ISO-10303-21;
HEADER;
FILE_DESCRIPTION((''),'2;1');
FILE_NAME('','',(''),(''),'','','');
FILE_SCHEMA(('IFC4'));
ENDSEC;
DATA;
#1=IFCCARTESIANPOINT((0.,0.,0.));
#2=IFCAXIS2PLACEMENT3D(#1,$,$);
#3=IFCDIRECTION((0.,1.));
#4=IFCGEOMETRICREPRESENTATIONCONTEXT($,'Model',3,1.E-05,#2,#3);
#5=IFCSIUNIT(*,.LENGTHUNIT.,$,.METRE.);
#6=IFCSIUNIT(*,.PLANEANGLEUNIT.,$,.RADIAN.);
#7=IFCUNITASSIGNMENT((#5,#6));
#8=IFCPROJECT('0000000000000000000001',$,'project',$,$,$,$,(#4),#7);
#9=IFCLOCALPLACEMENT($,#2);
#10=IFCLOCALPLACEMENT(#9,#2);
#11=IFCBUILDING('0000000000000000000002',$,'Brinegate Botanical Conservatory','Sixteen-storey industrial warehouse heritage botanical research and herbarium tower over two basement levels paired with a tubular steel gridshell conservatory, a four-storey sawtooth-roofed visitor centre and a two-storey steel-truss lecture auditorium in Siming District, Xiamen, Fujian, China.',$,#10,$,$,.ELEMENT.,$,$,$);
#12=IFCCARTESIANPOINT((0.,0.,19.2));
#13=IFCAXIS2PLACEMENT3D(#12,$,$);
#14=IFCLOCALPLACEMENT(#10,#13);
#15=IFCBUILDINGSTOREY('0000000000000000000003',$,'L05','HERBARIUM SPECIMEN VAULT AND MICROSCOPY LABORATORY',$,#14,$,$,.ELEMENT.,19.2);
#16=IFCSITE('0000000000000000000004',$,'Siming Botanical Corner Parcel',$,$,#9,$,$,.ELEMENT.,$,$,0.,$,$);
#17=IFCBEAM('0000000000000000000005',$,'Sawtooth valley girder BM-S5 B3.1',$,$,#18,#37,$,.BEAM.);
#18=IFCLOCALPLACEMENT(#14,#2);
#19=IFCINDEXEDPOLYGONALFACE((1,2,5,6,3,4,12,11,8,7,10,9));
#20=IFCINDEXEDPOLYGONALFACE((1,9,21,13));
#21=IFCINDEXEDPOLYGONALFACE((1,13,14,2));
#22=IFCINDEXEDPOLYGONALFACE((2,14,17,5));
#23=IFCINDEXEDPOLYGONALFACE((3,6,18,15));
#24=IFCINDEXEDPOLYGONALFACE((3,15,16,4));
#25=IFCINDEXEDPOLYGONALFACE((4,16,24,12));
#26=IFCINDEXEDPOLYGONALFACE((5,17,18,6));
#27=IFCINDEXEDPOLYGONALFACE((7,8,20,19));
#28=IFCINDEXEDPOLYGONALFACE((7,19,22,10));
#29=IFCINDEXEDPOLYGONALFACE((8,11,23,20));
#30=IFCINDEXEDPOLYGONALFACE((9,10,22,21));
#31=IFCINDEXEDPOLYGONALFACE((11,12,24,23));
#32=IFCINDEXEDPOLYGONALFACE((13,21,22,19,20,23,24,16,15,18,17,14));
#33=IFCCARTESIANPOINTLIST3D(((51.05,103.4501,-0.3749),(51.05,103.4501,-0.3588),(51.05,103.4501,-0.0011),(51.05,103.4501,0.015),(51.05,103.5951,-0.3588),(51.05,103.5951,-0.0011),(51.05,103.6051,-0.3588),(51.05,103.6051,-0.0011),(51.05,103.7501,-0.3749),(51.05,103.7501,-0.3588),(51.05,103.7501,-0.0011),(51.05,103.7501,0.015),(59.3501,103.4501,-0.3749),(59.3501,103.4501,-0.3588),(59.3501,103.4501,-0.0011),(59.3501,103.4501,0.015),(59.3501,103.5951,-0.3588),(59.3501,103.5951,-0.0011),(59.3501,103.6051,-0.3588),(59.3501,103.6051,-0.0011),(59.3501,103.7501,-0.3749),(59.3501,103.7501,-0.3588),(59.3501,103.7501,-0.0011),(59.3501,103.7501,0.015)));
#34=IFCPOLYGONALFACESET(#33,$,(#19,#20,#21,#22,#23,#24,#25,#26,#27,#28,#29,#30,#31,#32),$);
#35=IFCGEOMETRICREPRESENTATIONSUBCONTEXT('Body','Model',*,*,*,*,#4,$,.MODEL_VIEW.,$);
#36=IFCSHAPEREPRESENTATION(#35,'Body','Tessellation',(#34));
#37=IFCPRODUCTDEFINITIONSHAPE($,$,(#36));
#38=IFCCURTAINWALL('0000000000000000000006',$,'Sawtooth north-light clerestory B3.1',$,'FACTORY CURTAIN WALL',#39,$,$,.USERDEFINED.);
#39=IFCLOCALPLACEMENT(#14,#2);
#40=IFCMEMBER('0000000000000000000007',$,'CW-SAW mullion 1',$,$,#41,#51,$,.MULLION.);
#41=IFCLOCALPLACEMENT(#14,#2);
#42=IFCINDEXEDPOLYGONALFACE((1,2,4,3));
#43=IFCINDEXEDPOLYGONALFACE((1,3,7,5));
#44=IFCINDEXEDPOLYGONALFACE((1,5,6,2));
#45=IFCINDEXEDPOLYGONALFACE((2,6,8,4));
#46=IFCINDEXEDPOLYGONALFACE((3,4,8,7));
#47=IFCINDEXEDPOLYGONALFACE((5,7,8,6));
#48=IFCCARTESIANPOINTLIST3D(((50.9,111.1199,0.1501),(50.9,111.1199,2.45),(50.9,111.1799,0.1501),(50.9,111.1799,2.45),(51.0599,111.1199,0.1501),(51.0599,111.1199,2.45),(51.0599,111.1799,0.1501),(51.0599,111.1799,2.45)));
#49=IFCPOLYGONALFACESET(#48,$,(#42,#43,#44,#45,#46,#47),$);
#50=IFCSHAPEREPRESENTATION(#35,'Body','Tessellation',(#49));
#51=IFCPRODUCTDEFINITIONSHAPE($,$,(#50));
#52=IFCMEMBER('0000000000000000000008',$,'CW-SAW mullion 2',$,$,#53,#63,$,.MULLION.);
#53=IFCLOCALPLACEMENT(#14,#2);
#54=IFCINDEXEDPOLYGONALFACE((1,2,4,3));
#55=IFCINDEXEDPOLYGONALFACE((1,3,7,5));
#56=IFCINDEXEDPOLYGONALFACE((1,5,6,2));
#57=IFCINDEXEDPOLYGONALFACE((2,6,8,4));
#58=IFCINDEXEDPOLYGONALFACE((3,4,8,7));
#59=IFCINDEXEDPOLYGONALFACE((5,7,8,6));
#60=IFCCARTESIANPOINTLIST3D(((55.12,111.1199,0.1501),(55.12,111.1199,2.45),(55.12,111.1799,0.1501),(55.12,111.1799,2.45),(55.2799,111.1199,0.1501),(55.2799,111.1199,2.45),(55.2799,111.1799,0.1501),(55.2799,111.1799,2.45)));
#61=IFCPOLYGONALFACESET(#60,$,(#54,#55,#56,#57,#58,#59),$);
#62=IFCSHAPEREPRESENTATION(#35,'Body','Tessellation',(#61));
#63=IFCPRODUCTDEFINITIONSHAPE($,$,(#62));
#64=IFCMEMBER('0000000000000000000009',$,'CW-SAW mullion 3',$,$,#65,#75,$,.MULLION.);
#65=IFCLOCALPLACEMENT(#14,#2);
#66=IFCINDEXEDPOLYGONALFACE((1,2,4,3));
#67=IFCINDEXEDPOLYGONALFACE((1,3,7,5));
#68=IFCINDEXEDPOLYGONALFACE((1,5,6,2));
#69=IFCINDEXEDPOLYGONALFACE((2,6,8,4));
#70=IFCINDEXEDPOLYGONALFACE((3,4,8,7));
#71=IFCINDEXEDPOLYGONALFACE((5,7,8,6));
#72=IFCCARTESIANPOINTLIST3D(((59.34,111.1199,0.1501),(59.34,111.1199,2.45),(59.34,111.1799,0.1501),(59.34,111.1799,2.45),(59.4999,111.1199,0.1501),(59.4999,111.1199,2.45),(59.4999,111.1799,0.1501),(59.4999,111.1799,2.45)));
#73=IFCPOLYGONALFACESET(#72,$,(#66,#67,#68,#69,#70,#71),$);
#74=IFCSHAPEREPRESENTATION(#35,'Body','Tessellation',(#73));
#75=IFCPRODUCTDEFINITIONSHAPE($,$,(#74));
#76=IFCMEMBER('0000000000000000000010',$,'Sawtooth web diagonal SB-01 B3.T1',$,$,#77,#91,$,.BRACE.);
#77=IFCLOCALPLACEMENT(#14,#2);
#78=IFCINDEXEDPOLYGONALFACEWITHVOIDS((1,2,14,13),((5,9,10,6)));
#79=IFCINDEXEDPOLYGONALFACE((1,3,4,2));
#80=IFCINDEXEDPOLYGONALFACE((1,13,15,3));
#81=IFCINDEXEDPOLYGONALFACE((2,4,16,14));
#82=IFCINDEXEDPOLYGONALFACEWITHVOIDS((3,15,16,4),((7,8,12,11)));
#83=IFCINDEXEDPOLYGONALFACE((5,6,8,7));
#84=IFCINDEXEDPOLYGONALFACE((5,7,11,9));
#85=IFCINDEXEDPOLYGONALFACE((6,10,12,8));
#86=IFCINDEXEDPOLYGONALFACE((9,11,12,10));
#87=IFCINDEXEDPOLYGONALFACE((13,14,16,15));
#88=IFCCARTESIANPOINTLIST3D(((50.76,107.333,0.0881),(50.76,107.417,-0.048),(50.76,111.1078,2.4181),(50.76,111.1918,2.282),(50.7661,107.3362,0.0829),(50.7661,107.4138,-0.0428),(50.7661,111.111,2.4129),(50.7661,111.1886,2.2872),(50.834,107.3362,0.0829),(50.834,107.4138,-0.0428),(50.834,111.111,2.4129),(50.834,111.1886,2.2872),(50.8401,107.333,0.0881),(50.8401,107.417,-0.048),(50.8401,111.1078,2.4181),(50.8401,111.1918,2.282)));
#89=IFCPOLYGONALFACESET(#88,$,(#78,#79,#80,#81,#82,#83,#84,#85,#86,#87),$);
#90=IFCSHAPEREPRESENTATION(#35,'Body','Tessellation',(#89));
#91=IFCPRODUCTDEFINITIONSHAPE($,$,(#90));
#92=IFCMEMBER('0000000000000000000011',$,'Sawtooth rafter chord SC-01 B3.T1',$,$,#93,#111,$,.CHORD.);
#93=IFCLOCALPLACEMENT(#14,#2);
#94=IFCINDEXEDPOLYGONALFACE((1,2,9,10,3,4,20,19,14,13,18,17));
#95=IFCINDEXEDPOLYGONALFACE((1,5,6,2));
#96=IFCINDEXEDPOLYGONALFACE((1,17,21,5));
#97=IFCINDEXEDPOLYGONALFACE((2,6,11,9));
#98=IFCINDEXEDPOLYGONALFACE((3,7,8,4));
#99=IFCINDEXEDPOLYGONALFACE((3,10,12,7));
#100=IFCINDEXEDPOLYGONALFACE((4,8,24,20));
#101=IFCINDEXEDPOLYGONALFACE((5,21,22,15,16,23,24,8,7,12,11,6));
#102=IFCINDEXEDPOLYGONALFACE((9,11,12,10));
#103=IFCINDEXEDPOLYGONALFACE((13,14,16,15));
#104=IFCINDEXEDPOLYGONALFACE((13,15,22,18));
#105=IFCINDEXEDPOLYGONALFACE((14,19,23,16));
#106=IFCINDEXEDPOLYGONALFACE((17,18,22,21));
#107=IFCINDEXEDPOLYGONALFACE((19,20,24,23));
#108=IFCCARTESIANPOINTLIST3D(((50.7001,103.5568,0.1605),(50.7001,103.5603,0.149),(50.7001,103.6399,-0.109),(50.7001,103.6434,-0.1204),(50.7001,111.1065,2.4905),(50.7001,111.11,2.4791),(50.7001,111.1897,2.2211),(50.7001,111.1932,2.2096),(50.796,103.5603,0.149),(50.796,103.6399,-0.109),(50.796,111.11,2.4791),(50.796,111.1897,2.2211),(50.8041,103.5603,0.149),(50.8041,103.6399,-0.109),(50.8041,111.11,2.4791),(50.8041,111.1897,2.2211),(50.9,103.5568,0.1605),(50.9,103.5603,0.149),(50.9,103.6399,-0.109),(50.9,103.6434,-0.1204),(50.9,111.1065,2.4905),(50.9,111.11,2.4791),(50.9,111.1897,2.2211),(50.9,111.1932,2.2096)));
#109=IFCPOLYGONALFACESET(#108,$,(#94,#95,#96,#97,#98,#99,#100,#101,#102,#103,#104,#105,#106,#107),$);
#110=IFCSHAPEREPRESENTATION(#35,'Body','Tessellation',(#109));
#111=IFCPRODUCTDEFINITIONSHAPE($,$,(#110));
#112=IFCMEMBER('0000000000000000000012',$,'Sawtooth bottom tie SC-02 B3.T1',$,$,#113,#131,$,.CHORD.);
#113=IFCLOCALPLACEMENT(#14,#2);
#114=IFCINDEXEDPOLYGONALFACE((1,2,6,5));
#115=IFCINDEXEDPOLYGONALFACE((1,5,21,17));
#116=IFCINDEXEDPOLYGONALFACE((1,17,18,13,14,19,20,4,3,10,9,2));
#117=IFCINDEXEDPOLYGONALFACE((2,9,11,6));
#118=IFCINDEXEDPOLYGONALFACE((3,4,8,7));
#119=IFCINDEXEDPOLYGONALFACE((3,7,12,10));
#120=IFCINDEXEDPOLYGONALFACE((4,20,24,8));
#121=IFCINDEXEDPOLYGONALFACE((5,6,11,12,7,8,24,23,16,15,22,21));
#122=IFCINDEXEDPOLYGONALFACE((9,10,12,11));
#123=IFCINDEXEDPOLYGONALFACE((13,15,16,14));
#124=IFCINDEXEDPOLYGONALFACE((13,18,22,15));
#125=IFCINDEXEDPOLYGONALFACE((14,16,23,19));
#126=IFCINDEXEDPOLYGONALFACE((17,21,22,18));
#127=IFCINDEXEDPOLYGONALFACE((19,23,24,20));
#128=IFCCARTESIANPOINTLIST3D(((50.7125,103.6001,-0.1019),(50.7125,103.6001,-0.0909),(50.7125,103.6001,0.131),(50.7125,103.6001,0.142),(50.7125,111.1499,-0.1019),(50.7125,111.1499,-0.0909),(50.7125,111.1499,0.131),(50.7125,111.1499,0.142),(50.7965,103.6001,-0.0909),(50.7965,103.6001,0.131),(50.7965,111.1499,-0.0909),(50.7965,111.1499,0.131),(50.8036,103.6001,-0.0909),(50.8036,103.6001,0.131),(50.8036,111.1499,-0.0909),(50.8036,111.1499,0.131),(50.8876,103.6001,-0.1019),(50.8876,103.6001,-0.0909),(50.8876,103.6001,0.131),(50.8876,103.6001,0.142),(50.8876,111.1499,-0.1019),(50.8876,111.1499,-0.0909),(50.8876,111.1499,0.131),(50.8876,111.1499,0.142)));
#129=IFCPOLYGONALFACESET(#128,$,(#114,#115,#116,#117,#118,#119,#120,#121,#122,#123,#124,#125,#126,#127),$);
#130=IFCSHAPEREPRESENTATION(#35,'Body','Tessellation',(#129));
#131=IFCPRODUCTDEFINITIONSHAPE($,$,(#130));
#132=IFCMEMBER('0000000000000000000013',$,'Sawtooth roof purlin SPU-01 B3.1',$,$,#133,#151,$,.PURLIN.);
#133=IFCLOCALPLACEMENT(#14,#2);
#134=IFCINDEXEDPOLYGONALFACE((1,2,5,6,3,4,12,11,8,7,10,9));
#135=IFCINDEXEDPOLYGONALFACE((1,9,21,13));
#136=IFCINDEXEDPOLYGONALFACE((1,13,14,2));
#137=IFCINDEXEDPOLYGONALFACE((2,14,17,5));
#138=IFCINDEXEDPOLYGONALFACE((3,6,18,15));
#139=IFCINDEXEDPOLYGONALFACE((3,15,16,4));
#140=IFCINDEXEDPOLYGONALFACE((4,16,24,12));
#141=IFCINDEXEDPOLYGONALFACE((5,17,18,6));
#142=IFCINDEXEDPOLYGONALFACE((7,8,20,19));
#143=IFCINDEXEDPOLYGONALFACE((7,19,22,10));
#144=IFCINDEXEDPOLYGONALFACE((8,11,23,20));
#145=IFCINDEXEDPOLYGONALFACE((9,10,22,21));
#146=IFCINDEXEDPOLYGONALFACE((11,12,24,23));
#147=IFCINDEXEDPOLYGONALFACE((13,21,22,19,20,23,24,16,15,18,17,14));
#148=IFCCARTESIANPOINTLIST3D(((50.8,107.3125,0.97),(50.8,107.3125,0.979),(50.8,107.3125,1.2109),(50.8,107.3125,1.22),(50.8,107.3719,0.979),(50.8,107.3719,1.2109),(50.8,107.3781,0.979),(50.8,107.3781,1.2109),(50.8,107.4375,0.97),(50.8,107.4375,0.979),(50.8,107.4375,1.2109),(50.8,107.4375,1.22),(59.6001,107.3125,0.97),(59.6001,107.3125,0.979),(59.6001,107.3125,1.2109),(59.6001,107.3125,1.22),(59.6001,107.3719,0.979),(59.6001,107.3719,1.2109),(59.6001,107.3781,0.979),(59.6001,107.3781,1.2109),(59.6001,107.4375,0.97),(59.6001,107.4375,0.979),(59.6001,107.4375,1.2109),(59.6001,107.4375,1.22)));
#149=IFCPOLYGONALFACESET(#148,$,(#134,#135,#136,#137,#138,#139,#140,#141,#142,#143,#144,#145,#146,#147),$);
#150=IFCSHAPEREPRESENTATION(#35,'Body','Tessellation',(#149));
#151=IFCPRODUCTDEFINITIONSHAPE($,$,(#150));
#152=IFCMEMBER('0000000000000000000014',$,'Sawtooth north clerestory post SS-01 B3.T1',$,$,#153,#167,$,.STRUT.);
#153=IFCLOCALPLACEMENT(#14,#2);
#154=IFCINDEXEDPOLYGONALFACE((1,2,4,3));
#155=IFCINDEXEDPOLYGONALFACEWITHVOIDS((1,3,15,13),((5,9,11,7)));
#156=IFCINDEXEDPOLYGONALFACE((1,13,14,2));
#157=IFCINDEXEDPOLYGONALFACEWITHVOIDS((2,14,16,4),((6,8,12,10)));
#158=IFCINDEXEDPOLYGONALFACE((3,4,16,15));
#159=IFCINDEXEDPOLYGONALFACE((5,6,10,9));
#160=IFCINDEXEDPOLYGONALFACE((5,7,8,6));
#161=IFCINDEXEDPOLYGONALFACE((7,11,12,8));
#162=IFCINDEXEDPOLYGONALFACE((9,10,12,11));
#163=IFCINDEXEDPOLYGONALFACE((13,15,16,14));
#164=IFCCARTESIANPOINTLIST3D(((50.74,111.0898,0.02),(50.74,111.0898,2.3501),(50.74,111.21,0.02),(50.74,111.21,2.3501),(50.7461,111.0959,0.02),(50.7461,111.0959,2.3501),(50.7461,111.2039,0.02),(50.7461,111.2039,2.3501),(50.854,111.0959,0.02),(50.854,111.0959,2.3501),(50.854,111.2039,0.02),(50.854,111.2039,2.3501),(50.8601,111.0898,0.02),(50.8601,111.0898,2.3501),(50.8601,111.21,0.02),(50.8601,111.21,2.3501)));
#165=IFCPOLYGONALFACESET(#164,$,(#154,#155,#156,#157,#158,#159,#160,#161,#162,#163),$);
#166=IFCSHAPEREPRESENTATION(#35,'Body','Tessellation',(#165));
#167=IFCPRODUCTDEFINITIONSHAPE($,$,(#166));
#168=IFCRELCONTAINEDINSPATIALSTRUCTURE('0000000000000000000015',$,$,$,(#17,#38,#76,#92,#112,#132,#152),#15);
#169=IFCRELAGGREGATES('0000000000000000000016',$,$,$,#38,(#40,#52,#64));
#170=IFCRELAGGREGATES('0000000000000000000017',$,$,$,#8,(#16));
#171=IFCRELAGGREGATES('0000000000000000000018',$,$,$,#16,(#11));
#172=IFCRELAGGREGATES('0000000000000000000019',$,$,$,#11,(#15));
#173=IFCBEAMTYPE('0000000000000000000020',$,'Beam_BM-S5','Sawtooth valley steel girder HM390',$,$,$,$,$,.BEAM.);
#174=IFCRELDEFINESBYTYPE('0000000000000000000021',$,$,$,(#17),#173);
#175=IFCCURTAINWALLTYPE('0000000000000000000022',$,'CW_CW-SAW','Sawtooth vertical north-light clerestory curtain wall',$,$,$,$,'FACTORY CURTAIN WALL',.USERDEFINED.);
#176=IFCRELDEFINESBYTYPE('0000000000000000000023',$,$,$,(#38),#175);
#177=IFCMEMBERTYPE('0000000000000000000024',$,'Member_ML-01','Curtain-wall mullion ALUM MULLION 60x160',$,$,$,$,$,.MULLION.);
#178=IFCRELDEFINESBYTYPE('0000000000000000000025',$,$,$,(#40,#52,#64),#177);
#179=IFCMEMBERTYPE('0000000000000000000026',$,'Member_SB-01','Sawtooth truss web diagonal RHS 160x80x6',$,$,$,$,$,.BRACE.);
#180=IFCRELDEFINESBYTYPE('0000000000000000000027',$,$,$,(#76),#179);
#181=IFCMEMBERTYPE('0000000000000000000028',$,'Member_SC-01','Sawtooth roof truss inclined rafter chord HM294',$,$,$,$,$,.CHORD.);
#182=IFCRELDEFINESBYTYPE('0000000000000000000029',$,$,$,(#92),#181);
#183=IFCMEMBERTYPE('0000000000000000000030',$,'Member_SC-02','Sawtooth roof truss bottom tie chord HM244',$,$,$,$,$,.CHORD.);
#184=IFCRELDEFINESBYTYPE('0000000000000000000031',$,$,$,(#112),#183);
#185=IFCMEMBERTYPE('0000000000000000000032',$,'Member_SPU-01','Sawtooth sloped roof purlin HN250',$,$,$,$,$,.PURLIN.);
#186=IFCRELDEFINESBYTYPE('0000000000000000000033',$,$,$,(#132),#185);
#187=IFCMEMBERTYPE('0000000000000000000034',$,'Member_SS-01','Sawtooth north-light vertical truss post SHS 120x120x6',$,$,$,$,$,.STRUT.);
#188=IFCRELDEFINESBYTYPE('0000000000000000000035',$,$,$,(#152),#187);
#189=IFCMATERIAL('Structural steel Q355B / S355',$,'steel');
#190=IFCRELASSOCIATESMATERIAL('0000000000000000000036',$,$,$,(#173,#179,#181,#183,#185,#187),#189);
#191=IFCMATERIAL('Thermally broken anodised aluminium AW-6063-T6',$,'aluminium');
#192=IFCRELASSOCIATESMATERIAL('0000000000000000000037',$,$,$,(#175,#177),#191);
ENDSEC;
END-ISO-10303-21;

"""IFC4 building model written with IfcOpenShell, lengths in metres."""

from ifc_helpers import new_model, si_unit, direction, frame, origin, origin_2d, place, context, subcontext, project, spatial, rectangle, hollow_rectangle, i_section, extrude, material, material_profile, profile_set, type_object, element, aggregate, save


model = new_model("IFC4")

# Units and contexts
model_context = context("Model", 3, precision=1e-05, world=origin(), true_north=direction((0.0, 1.0)))
body_context = subcontext(model_context, "Body", "Model", "MODEL_VIEW")
ifc_project = project(units=[si_unit("LENGTHUNIT", "METRE"), si_unit("PLANEANGLEUNIT", "RADIAN")], contexts=[model_context])

# Site, building, storey
site_placement = place(None, origin())
site = spatial("IfcSite", under=ifc_project, at=site_placement, Name="Siming Botanical Corner Parcel", CompositionType="ELEMENT", RefElevation=0.0)
building_placement = place(site_placement, origin())
building = spatial("IfcBuilding", under=site, at=building_placement, Name="Brinegate Botanical Conservatory", Description="Sixteen-storey industrial warehouse heritage botanical research and herbarium tower over two basement levels paired with a tubular steel gridshell conservatory, a four-storey sawtooth-roofed visitor centre and a two-storey steel-truss lecture auditorium in Siming District, Xiamen, Fujian, China.", CompositionType="ELEMENT")
storey_placement = place(building_placement, frame((0.0, 0.0, 19.2)))
storey = spatial("IfcBuildingStorey", under=building, at=storey_placement, Name="L05", Description="HERBARIUM SPECIMEN VAULT AND MICROSCOPY LABORATORY", CompositionType="ELEMENT", Elevation=19.2)

# Beam
ifc_material_1 = material(Name="Structural steel Q355B / S355", Category="steel")
ifc_material_profile_1 = material_profile(ifc_material_1, i_section(OverallWidth=0.3, OverallDepth=0.3899, WebThickness=0.01, FlangeThickness=0.0161, at=origin_2d()), Name="HM 390x300x10x16")
ifc_profile_set_1 = profile_set([ifc_material_profile_1], Name="Structural steel Q355B / S355")
beam_type = type_object("IfcBeamType", Name="Beam_BM-S5", Description="Sawtooth valley steel girder HM390", PredefinedType="BEAM", material=ifc_profile_set_1)
beam_placement = place(storey_placement, frame((51.05, 103.6001, -0.1799), z_axis=(1.0, 0.0, 0.0), x_axis=(0.0, 1.0, 0.0)))
element("IfcBeam", 1, at=beam_placement, inside=storey, type_object=beam_type, Name="Sawtooth valley girder BM-S5 B3.1", PredefinedType="BEAM", context=body_context, shape_type="SweptSolid", body=[
    extrude(i_section(OverallWidth=0.3, OverallDepth=0.3899, WebThickness=0.01, FlangeThickness=0.0161, at=origin_2d()), origin(), (0.0, 0.0, 1.0), 8.3),
])

# Curtain wall, members
ifc_material_2 = material(Name="Thermally broken anodised aluminium AW-6063-T6", Category="aluminium")
curtain_wall_type = type_object("IfcCurtainWallType", Name="CW_CW-SAW", Description="Sawtooth vertical north-light clerestory curtain wall", ElementType="FACTORY CURTAIN WALL", PredefinedType="USERDEFINED", material=ifc_material_2)
curtain_wall_placement = place(storey_placement, origin())
curtain_wall = element("IfcCurtainWall", 2, at=curtain_wall_placement, inside=storey, type_object=curtain_wall_type, Name="Sawtooth north-light clerestory B3.1", ObjectType="FACTORY CURTAIN WALL", PredefinedType="USERDEFINED")
ifc_material_profile_2 = material_profile(ifc_material_2, rectangle(XDim=0.0601, YDim=0.1599, at=origin_2d()), Name="ALUM MULLION 60x160")
ifc_profile_set_2 = profile_set([ifc_material_profile_2], Name="Thermally broken anodised aluminium AW-6063-T6")
member_type_1 = type_object("IfcMemberType", Name="Member_ML-01", Description="Curtain-wall mullion ALUM MULLION 60x160", PredefinedType="MULLION", material=ifc_profile_set_2)
member_1_placement = place(storey_placement, frame((50.98, 111.1499, 0.1501), z_axis=(0.0, 0.0, 1.0), x_axis=(0.0, 1.0, 0.0)))
member_1 = element("IfcMember", 3, at=member_1_placement, type_object=member_type_1, Name="CW-SAW mullion 1", PredefinedType="MULLION", context=body_context, shape_type="SweptSolid", body=[
    extrude(rectangle(XDim=0.0601, YDim=0.1599, at=origin_2d()), origin(), (0.0, 0.0, 1.0), 2.2998),
])
member_2_placement = place(storey_placement, frame((55.2, 111.1499, 0.1501), z_axis=(0.0, 0.0, 1.0), x_axis=(0.0, 1.0, 0.0)))
member_2 = element("IfcMember", 4, at=member_2_placement, type_object=member_type_1, Name="CW-SAW mullion 2", PredefinedType="MULLION", context=body_context, shape_type="SweptSolid", body=[
    extrude(rectangle(XDim=0.0601, YDim=0.1599, at=origin_2d()), origin(), (0.0, 0.0, 1.0), 2.2998),
])
member_3_placement = place(storey_placement, frame((59.4199, 111.1499, 0.1501), z_axis=(0.0, 0.0, 1.0), x_axis=(0.0, 1.0, 0.0)))
member_3 = element("IfcMember", 5, at=member_3_placement, type_object=member_type_1, Name="CW-SAW mullion 3", PredefinedType="MULLION", context=body_context, shape_type="SweptSolid", body=[
    extrude(rectangle(XDim=0.0601, YDim=0.1599, at=origin_2d()), origin(), (0.0, 0.0, 1.0), 2.2998),
])

# Members
ifc_material_profile_3 = material_profile(ifc_material_1, hollow_rectangle(XDim=0.0801, YDim=0.1599, WallThickness=0.0061, at=origin_2d()), Name="RHS 160x80x6")
ifc_profile_set_3 = profile_set([ifc_material_profile_3], Name="Structural steel Q355B / S355")
member_type_2 = type_object("IfcMemberType", Name="Member_SB-01", Description="Sawtooth truss web diagonal RHS 160x80x6", PredefinedType="BRACE", material=ifc_profile_set_3)
member_4_placement = place(storey_placement, frame((50.8, 107.375, 0.02), z_axis=(0.0, 0.850947, 0.525251), x_axis=(-1.0, 0.0, 0.0)))
element("IfcMember", 6, at=member_4_placement, inside=storey, type_object=member_type_2, Name="Sawtooth web diagonal SB-01 B3.T1", PredefinedType="BRACE", context=body_context, shape_type="SweptSolid", body=[
    extrude(hollow_rectangle(XDim=0.0801, YDim=0.1599, WallThickness=0.0061, at=origin_2d()), origin(), (0.0, 0.0, 1.0), 4.436),
])
ifc_material_profile_4 = material_profile(ifc_material_1, i_section(OverallWidth=0.2, OverallDepth=0.2939, WebThickness=0.0081, FlangeThickness=0.012, at=origin_2d()), Name="HM 294x200x8x12")
ifc_profile_set_4 = profile_set([ifc_material_profile_4], Name="Structural steel Q355B / S355")
member_type_3 = type_object("IfcMemberType", Name="Member_SC-01", Description="Sawtooth roof truss inclined rafter chord HM294", PredefinedType="CHORD", material=ifc_profile_set_4)
member_5_placement = place(storey_placement, frame((50.8, 103.6001, 0.02), z_axis=(0.0, 0.955527, 0.294902), x_axis=(-1.0, 0.0, 0.0)))
element("IfcMember", 7, at=member_5_placement, inside=storey, type_object=member_type_3, Name="Sawtooth rafter chord SC-01 B3.T1", PredefinedType="CHORD", context=body_context, shape_type="SweptSolid", body=[
    extrude(i_section(OverallWidth=0.2, OverallDepth=0.2939, WebThickness=0.0081, FlangeThickness=0.012, at=origin_2d()), origin(), (0.0, 0.0, 1.0), 7.9011),
])
ifc_material_profile_5 = material_profile(ifc_material_1, i_section(OverallWidth=0.175, OverallDepth=0.2439, WebThickness=0.0071, FlangeThickness=0.011, at=origin_2d()), Name="HM 244x175x7x11")
ifc_profile_set_5 = profile_set([ifc_material_profile_5], Name="Structural steel Q355B / S355")
member_type_4 = type_object("IfcMemberType", Name="Member_SC-02", Description="Sawtooth roof truss bottom tie chord HM244", PredefinedType="CHORD", material=ifc_profile_set_5)
member_6_placement = place(storey_placement, frame((50.8, 103.6001, 0.02), z_axis=(0.0, 1.0, 0.0), x_axis=(-1.0, 0.0, 0.0)))
element("IfcMember", 8, at=member_6_placement, inside=storey, type_object=member_type_4, Name="Sawtooth bottom tie SC-02 B3.T1", PredefinedType="CHORD", context=body_context, shape_type="SweptSolid", body=[
    extrude(i_section(OverallWidth=0.175, OverallDepth=0.2439, WebThickness=0.0071, FlangeThickness=0.011, at=origin_2d()), origin(), (0.0, 0.0, 1.0), 7.5498),
])
ifc_material_profile_6 = material_profile(ifc_material_1, i_section(OverallWidth=0.125, OverallDepth=0.25, WebThickness=0.0061, FlangeThickness=0.009, at=origin_2d()), Name="HN 250x125x6x9")
ifc_profile_set_6 = profile_set([ifc_material_profile_6], Name="Structural steel Q355B / S355")
member_type_5 = type_object("IfcMemberType", Name="Member_SPU-01", Description="Sawtooth sloped roof purlin HN250", PredefinedType="PURLIN", material=ifc_profile_set_6)
member_7_placement = place(storey_placement, frame((50.8, 107.375, 1.095), z_axis=(1.0, 0.0, 0.0), x_axis=(0.0, 1.0, 0.0)))
element("IfcMember", 9, at=member_7_placement, inside=storey, type_object=member_type_5, Name="Sawtooth roof purlin SPU-01 B3.1", PredefinedType="PURLIN", context=body_context, shape_type="SweptSolid", body=[
    extrude(i_section(OverallWidth=0.125, OverallDepth=0.25, WebThickness=0.0061, FlangeThickness=0.009, at=origin_2d()), origin(), (0.0, 0.0, 1.0), 8.8),
])
ifc_material_profile_7 = material_profile(ifc_material_1, hollow_rectangle(XDim=0.1201, YDim=0.1201, WallThickness=0.0061, at=origin_2d()), Name="SHS 120x120x6")
ifc_profile_set_7 = profile_set([ifc_material_profile_7], Name="Structural steel Q355B / S355")
member_type_6 = type_object("IfcMemberType", Name="Member_SS-01", Description="Sawtooth north-light vertical truss post SHS 120x120x6", PredefinedType="STRUT", material=ifc_profile_set_7)
member_8_placement = place(storey_placement, frame((50.8, 111.1499, 0.02), z_axis=(0.0, 0.0, 1.0), x_axis=(1.0, 0.0, 0.0)))
element("IfcMember", 10, at=member_8_placement, inside=storey, type_object=member_type_6, Name="Sawtooth north clerestory post SS-01 B3.T1", PredefinedType="STRUT", context=body_context, shape_type="SweptSolid", body=[
    extrude(hollow_rectangle(XDim=0.1201, YDim=0.1201, WallThickness=0.0061, at=origin_2d()), origin(), (0.0, 0.0, 1.0), 2.3301),
])

aggregate(curtain_wall, [member_1, member_2, member_3])

save(model, "model.ifc")
